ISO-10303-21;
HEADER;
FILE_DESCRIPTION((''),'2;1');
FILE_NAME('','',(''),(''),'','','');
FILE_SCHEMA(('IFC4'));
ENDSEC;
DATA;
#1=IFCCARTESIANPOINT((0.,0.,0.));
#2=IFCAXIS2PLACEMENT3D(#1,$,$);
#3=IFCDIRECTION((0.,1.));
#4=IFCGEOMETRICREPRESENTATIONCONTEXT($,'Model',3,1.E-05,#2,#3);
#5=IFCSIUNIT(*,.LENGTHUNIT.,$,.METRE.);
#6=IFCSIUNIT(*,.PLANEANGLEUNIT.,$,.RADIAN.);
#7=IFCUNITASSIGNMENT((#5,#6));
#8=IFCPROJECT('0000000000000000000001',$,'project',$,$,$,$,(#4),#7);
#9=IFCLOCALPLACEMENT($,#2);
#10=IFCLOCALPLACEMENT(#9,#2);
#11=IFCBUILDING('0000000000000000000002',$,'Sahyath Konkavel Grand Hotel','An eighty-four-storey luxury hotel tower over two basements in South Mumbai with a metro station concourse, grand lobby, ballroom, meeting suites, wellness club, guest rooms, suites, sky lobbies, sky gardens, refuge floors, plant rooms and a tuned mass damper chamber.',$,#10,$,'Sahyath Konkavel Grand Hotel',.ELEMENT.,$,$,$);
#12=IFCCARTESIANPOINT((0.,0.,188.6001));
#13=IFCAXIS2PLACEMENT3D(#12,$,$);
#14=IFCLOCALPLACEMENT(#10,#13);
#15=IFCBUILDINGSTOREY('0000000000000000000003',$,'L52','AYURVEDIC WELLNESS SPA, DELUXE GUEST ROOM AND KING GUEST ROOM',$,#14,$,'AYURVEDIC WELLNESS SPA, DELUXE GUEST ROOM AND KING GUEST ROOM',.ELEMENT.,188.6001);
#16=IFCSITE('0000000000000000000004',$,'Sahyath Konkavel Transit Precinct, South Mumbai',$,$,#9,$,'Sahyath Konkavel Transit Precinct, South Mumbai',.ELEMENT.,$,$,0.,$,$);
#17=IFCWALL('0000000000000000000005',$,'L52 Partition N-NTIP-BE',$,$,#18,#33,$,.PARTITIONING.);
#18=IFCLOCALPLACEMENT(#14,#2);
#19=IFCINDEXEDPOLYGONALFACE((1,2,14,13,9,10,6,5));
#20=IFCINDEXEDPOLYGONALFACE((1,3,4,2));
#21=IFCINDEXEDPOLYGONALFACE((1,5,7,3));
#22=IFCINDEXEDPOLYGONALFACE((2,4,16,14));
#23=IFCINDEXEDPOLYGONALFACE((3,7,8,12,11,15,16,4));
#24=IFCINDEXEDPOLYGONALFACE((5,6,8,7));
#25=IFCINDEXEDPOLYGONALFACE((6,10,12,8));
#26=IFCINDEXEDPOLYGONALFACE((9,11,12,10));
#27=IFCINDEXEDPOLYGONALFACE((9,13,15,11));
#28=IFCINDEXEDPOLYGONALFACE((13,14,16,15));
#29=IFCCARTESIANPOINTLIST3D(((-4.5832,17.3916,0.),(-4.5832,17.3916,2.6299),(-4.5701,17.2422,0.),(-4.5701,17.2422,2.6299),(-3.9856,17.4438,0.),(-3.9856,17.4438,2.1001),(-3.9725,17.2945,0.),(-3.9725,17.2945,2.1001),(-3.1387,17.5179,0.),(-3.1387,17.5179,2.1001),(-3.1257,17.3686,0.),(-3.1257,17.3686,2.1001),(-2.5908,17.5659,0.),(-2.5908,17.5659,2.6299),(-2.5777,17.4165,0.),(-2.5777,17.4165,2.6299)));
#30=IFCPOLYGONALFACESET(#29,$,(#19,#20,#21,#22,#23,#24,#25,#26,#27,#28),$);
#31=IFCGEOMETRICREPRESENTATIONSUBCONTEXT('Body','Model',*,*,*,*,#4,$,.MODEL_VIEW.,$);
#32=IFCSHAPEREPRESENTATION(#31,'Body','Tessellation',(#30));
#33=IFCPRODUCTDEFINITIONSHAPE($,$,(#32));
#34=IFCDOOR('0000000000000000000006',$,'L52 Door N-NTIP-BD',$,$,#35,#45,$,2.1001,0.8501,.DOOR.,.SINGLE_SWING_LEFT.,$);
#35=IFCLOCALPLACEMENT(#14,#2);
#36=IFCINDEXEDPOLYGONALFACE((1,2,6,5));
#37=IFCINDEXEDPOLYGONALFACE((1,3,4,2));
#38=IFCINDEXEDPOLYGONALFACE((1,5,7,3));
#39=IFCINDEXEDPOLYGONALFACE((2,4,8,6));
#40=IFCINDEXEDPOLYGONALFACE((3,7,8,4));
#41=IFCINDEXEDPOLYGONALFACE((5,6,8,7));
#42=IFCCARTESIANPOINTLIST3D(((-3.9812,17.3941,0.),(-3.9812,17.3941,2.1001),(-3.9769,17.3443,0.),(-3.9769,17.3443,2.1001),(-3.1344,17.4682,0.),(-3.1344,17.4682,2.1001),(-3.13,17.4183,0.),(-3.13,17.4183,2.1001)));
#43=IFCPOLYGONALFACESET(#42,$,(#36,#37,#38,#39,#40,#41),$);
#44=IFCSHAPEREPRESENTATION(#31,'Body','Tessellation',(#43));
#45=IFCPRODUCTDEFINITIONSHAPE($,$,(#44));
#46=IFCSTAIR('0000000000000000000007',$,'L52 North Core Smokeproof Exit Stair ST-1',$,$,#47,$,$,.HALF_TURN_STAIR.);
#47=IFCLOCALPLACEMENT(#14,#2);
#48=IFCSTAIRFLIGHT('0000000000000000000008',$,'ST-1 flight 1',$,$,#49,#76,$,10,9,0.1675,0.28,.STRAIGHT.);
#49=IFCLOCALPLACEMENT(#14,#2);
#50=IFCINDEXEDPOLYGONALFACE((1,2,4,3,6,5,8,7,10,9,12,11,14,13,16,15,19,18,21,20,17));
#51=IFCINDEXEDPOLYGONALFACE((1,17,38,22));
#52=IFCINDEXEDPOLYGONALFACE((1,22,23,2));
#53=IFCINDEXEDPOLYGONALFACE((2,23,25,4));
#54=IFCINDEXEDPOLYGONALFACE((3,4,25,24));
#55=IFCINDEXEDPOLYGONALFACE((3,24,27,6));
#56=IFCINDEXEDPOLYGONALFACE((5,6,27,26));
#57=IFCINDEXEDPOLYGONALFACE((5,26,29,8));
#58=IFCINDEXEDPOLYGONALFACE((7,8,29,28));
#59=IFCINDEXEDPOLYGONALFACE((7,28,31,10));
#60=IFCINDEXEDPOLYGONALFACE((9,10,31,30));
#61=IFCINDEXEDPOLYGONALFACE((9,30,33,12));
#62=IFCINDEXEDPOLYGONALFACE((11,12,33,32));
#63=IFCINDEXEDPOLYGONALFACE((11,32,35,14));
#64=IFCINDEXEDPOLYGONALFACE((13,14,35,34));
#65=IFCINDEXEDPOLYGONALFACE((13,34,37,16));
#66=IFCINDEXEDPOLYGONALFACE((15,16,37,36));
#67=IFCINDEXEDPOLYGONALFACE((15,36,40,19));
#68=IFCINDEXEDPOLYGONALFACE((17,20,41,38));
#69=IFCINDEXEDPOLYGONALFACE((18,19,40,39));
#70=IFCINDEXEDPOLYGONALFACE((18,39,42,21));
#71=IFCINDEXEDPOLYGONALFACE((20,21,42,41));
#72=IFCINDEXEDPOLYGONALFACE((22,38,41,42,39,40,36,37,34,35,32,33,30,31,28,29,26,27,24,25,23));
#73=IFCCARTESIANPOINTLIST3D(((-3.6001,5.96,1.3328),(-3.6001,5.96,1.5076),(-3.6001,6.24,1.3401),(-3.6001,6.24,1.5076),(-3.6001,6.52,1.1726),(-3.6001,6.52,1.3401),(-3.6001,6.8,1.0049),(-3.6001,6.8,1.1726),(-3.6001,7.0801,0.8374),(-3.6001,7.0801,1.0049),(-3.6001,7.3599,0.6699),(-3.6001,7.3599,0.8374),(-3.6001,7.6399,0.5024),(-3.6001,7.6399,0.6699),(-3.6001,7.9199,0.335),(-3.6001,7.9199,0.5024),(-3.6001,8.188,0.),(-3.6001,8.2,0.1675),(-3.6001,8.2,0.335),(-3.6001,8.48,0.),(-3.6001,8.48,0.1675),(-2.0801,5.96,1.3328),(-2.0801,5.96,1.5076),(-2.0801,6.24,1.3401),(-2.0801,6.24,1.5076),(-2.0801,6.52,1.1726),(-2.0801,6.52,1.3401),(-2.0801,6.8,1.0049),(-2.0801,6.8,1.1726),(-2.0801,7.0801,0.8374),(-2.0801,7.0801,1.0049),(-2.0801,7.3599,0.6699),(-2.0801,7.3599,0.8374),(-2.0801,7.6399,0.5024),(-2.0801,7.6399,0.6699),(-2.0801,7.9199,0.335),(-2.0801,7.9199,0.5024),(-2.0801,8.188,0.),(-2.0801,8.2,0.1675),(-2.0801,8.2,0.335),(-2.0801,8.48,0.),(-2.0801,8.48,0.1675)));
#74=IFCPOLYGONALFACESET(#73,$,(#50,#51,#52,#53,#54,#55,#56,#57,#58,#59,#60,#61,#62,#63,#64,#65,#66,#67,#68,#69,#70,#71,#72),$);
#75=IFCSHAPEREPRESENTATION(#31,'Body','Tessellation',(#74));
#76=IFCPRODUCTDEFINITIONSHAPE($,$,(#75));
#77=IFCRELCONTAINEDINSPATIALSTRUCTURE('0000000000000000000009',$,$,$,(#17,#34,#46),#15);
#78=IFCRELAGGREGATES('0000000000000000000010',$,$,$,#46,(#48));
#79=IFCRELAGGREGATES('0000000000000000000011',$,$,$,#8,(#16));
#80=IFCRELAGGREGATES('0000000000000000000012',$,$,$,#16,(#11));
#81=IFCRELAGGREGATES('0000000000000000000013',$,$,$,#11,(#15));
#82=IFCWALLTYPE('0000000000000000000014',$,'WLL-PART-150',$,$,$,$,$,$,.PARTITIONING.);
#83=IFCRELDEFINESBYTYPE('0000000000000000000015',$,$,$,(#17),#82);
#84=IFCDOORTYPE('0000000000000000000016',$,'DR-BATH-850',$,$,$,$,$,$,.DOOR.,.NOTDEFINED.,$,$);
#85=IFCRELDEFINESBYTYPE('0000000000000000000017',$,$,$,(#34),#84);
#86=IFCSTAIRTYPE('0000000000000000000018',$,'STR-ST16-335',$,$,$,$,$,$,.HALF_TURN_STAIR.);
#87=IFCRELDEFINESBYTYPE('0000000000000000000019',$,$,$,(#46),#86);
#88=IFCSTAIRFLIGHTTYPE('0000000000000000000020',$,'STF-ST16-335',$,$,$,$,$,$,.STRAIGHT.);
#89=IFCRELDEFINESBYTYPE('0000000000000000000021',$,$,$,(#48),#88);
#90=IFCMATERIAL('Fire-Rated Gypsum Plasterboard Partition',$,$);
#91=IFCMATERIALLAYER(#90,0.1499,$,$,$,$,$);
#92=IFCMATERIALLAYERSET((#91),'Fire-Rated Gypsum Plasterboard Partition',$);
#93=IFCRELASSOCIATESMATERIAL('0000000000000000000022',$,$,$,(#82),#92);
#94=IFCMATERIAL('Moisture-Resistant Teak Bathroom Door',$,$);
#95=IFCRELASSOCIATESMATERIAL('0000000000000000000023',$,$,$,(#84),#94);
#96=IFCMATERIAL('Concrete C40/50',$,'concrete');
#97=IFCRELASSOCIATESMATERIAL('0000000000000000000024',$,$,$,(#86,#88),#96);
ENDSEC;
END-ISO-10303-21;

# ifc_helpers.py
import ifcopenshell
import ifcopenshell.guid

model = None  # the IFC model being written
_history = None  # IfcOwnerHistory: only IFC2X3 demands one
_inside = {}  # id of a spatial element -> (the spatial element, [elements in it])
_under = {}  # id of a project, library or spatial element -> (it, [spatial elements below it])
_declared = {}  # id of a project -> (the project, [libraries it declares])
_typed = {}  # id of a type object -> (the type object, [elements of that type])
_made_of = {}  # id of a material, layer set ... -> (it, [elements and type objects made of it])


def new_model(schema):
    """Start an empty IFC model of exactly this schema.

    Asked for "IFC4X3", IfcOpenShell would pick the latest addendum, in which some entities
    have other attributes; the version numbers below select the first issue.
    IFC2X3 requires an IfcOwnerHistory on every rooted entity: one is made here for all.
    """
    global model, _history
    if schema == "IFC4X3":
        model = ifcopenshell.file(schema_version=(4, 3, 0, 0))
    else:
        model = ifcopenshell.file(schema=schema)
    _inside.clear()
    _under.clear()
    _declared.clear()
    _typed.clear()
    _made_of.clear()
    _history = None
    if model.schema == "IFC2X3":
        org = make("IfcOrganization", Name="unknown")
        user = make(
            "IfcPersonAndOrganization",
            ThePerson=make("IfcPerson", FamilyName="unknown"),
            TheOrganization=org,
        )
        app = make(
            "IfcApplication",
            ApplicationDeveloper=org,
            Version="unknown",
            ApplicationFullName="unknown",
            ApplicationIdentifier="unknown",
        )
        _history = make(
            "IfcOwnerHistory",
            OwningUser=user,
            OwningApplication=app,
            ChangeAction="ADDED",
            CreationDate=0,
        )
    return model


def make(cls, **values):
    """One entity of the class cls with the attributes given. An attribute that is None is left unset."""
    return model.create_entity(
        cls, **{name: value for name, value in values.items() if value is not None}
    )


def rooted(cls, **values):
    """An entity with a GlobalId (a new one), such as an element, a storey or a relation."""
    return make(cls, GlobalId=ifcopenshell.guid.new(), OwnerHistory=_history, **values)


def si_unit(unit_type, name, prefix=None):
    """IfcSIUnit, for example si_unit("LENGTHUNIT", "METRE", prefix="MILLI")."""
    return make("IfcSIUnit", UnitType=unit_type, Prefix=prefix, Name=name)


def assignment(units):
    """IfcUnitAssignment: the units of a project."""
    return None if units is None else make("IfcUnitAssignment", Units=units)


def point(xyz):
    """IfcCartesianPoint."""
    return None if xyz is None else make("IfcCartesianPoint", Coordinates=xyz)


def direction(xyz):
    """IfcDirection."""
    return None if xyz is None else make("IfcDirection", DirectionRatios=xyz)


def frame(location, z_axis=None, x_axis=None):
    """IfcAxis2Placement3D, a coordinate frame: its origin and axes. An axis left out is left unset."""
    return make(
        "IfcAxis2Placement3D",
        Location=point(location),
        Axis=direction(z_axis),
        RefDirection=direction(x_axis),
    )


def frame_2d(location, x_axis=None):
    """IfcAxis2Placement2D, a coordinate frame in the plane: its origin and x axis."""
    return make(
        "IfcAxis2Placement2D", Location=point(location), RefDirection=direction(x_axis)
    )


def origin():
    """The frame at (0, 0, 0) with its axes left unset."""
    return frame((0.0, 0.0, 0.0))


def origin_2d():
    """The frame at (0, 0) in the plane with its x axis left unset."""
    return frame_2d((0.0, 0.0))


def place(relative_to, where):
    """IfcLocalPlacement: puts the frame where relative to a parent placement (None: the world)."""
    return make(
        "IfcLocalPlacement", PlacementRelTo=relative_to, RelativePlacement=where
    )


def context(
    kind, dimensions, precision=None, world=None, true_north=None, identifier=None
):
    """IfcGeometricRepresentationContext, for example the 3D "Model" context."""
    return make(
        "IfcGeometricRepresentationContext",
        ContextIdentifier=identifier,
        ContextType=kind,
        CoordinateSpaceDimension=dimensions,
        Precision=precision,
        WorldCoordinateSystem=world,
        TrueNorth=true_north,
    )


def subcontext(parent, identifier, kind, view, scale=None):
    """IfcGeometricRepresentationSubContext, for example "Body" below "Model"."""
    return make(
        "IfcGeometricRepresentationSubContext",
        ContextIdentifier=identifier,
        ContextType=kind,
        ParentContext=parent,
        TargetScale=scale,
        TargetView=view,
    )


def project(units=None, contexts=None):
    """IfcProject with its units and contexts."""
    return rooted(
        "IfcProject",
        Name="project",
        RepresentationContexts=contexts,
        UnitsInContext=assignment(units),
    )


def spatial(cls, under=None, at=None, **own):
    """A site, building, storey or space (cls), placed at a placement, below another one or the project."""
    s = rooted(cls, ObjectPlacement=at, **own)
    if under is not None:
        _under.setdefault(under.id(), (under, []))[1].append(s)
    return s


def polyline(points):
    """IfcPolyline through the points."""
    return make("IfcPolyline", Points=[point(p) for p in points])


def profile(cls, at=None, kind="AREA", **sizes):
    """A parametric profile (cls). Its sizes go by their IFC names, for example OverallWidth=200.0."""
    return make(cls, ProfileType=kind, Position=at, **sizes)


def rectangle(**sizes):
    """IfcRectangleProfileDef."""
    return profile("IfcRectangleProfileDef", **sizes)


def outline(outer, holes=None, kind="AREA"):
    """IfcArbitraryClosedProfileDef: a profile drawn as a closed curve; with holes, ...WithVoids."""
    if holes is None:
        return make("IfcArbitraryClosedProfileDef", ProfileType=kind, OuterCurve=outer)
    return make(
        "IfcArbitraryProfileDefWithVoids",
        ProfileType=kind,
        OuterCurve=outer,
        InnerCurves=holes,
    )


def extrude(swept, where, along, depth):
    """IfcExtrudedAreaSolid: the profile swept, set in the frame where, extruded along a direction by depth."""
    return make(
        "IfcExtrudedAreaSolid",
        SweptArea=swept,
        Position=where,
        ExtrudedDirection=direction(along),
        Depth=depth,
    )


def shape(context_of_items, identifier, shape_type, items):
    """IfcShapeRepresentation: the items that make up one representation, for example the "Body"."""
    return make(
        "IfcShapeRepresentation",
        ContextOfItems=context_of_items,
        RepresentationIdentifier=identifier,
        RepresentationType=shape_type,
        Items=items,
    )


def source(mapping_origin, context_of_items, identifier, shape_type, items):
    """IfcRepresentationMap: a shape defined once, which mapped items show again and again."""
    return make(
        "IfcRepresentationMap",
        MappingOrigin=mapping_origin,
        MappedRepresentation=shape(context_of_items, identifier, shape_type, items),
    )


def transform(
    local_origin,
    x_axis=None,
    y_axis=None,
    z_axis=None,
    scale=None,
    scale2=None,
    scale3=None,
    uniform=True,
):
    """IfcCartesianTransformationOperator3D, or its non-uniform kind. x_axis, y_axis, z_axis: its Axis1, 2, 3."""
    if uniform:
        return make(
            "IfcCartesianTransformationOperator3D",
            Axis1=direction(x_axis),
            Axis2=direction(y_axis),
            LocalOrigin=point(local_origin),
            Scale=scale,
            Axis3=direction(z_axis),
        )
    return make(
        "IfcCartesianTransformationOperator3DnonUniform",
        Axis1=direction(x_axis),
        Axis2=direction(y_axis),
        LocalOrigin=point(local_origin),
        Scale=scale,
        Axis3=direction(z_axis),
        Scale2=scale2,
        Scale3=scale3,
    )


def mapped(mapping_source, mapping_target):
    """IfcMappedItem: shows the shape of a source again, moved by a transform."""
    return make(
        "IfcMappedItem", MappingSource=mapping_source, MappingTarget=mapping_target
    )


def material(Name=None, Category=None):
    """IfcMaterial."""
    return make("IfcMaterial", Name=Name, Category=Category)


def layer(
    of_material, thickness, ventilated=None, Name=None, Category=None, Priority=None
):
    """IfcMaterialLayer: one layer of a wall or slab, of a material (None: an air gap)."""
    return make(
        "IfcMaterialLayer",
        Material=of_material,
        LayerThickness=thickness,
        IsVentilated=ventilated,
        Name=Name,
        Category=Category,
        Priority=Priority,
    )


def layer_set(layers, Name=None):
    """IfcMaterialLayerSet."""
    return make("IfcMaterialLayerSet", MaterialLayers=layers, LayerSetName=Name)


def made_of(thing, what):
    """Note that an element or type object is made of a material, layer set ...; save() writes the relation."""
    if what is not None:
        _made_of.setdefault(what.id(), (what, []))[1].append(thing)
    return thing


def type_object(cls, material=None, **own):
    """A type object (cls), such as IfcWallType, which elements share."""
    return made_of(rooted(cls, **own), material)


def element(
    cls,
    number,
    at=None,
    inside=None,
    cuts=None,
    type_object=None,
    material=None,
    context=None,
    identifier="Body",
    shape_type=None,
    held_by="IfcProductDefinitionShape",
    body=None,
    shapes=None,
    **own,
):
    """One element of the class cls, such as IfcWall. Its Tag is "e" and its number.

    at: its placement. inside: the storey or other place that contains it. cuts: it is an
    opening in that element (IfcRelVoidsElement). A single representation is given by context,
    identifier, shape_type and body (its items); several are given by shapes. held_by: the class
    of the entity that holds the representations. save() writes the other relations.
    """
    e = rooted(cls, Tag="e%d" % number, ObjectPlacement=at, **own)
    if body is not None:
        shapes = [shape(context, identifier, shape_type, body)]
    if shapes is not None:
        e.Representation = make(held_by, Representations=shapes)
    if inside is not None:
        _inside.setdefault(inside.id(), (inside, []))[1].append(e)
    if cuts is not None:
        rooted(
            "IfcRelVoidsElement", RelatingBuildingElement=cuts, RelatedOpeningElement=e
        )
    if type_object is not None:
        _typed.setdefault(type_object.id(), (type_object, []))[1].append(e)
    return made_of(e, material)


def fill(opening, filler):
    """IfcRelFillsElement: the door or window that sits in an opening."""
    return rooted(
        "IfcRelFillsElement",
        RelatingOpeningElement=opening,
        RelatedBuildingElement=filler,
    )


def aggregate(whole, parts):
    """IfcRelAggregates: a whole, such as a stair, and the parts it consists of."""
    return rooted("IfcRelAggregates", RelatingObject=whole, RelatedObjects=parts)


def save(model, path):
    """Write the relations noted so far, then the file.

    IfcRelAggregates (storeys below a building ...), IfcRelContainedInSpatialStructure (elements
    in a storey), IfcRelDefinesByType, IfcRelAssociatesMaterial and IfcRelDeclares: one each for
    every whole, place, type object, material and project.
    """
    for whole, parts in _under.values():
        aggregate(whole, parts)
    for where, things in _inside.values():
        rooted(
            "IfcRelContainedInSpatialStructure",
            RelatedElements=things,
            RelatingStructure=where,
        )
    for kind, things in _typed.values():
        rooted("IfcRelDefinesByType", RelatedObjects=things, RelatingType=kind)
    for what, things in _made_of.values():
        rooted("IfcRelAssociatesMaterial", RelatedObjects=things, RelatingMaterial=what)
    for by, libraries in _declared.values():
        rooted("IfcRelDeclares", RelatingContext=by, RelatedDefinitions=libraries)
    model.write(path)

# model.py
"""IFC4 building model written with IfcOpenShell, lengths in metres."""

from ifc_helpers import new_model, si_unit, direction, frame, frame_2d, origin, origin_2d, place, context, subcontext, project, spatial, polyline, rectangle, outline, extrude, source, transform, mapped, material, layer, layer_set, type_object, element, fill, aggregate, save


model = new_model("IFC4")

# Units and contexts
model_context = context("Model", 3, precision=1e-05, world=origin(), true_north=direction((0.0, 1.0)))
body_context = subcontext(model_context, "Body", "Model", "MODEL_VIEW")
ifc_project = project(units=[si_unit("LENGTHUNIT", "METRE"), si_unit("PLANEANGLEUNIT", "RADIAN")], contexts=[model_context])

# Site, building, storey
site_placement = place(None, origin())
site = spatial("IfcSite", under=ifc_project, at=site_placement, Name="Sahyath Konkavel Transit Precinct, South Mumbai", LongName="Sahyath Konkavel Transit Precinct, South Mumbai", CompositionType="ELEMENT", RefElevation=0.0)
building_placement = place(site_placement, origin())
building = spatial("IfcBuilding", under=site, at=building_placement, Name="Sahyath Konkavel Grand Hotel", Description="An eighty-four-storey luxury hotel tower over two basements in South Mumbai with a metro station concourse, grand lobby, ballroom, meeting suites, wellness club, guest rooms, suites, sky lobbies, sky gardens, refuge floors, plant rooms and a tuned mass damper chamber.", LongName="Sahyath Konkavel Grand Hotel", CompositionType="ELEMENT")
storey_placement = place(building_placement, frame((0.0, 0.0, 188.6001)))
storey = spatial("IfcBuildingStorey", under=building, at=storey_placement, Name="L52", Description="AYURVEDIC WELLNESS SPA, DELUXE GUEST ROOM AND KING GUEST ROOM", LongName="AYURVEDIC WELLNESS SPA, DELUXE GUEST ROOM AND KING GUEST ROOM", CompositionType="ELEMENT", Elevation=188.6001)

# Shared definitions
ifc_material_1 = material(Name="Fire-Rated Gypsum Plasterboard Partition")
ifc_layer_1 = layer(ifc_material_1, 0.1499)
ifc_layer_set_1 = layer_set([ifc_layer_1], Name="Fire-Rated Gypsum Plasterboard Partition")
wall_type_1 = type_object("IfcWallType", Name="WLL-PART-150", PredefinedType="PARTITIONING", material=ifc_layer_set_1)

# Wall, opening, door
wall_1_placement = place(storey_placement, frame((-2.5842, 17.4912, 0.0), z_axis=(0.0, 0.0, 1.0), x_axis=(-0.996195, -0.087156, 0.0)))
wall_1 = element("IfcWall", 1, at=wall_1_placement, inside=storey, type_object=wall_type_1, Name="L52 Partition N-NTIP-BE", PredefinedType="PARTITIONING", context=body_context, shape_type="SweptSolid", body=[
    extrude(rectangle(XDim=2.0, YDim=0.1499, at=frame_2d((1.0, 0.0))), origin(), (0.0, 0.0, 1.0), 2.6299),
])
opening_placement = place(wall_1_placement, frame((0.55, 0.0, 0.0)))
opening = element("IfcOpeningElement", 2, at=opening_placement, cuts=wall_1, PredefinedType="OPENING", context=body_context, shape_type="SweptSolid", body=[
    extrude(rectangle(XDim=0.8501, YDim=2.1001, at=frame_2d((0.425, 1.05))), frame((0.0, 0.085, 0.0), z_axis=(0.0, -1.0, 0.0), x_axis=(1.0, 0.0, 0.0)), (0.0, 0.0, 1.0), 0.1699),
])
ifc_material_2 = material(Name="Moisture-Resistant Teak Bathroom Door")
door_type = type_object("IfcDoorType", Name="DR-BATH-850", OperationType="NOTDEFINED", PredefinedType="DOOR", material=ifc_material_2)
shared_shape_1 = source(origin(), body_context, "Body", "SweptSolid", [
    extrude(rectangle(XDim=0.8501, YDim=0.05, at=origin_2d()), origin(), (0.0, 0.0, 1.0), 2.1001),
])
door_placement = place(opening_placement, frame((0.425, 0.0, 0.0)))
door = element("IfcDoor", 3, at=door_placement, inside=storey, type_object=door_type, Name="L52 Door N-NTIP-BD", OperationType="SINGLE_SWING_LEFT", OverallHeight=2.1001, OverallWidth=0.8501, PredefinedType="DOOR", context=body_context, shape_type="MappedRepresentation", body=[
    mapped(shared_shape_1, transform((0.0, 0.0, 0.0), scale=1.0)),
])
fill(opening, door)

# Stair, stair flight
ifc_material_3 = material(Name="Concrete C40/50", Category="concrete")
stair_type = type_object("IfcStairType", Name="STR-ST16-335", PredefinedType="HALF_TURN_STAIR", material=ifc_material_3)
stair_placement = place(storey_placement, origin())
stair = element("IfcStair", 4, at=stair_placement, inside=storey, type_object=stair_type, Name="L52 North Core Smokeproof Exit Stair ST-1", PredefinedType="HALF_TURN_STAIR")
stair_flight_type = type_object("IfcStairFlightType", Name="STF-ST16-335", PredefinedType="STRAIGHT", material=ifc_material_3)
stair_flight_placement = place(storey_placement, frame((-2.8401, 8.48, 0.0), z_axis=(0.0, 0.0, 1.0), x_axis=(0.0, -1.0, 0.0)))
stair_flight = element("IfcStairFlight", 5, at=stair_flight_placement, type_object=stair_flight_type, Name="ST-1 flight 1", NumberOfRisers=10, NumberOfTreads=9, PredefinedType="STRAIGHT", RiserHeight=0.1675, TreadLength=0.28, context=body_context, shape_type="SweptSolid", body=[
    extrude(outline(polyline([(0.0, 0.0), (0.0, 0.1675), (0.28, 0.1675), (0.28, 0.335), (0.5601, 0.335), (0.5601, 0.5024), (0.8401, 0.5024), (0.8401, 0.6699), (1.1201, 0.6699), (1.1201, 0.8374), (1.3999, 0.8374), (1.3999, 1.0049), (1.6799, 1.0049), (1.6799, 1.1726), (1.96, 1.1726), (1.96, 1.3401), (2.24, 1.3401), (2.24, 1.5076), (2.52, 1.5076), (2.52, 1.675), (2.52, 1.3328), (0.292, 0.0), (0.0, 0.0)])), frame((0.0, 0.76, 0.0), z_axis=(0.0, -1.0, 0.0), x_axis=(1.0, 0.0, 0.0)), (0.0, 0.0, 1.0), 1.52),
])
aggregate(stair, [stair_flight])

save(model, "model.ifc")
